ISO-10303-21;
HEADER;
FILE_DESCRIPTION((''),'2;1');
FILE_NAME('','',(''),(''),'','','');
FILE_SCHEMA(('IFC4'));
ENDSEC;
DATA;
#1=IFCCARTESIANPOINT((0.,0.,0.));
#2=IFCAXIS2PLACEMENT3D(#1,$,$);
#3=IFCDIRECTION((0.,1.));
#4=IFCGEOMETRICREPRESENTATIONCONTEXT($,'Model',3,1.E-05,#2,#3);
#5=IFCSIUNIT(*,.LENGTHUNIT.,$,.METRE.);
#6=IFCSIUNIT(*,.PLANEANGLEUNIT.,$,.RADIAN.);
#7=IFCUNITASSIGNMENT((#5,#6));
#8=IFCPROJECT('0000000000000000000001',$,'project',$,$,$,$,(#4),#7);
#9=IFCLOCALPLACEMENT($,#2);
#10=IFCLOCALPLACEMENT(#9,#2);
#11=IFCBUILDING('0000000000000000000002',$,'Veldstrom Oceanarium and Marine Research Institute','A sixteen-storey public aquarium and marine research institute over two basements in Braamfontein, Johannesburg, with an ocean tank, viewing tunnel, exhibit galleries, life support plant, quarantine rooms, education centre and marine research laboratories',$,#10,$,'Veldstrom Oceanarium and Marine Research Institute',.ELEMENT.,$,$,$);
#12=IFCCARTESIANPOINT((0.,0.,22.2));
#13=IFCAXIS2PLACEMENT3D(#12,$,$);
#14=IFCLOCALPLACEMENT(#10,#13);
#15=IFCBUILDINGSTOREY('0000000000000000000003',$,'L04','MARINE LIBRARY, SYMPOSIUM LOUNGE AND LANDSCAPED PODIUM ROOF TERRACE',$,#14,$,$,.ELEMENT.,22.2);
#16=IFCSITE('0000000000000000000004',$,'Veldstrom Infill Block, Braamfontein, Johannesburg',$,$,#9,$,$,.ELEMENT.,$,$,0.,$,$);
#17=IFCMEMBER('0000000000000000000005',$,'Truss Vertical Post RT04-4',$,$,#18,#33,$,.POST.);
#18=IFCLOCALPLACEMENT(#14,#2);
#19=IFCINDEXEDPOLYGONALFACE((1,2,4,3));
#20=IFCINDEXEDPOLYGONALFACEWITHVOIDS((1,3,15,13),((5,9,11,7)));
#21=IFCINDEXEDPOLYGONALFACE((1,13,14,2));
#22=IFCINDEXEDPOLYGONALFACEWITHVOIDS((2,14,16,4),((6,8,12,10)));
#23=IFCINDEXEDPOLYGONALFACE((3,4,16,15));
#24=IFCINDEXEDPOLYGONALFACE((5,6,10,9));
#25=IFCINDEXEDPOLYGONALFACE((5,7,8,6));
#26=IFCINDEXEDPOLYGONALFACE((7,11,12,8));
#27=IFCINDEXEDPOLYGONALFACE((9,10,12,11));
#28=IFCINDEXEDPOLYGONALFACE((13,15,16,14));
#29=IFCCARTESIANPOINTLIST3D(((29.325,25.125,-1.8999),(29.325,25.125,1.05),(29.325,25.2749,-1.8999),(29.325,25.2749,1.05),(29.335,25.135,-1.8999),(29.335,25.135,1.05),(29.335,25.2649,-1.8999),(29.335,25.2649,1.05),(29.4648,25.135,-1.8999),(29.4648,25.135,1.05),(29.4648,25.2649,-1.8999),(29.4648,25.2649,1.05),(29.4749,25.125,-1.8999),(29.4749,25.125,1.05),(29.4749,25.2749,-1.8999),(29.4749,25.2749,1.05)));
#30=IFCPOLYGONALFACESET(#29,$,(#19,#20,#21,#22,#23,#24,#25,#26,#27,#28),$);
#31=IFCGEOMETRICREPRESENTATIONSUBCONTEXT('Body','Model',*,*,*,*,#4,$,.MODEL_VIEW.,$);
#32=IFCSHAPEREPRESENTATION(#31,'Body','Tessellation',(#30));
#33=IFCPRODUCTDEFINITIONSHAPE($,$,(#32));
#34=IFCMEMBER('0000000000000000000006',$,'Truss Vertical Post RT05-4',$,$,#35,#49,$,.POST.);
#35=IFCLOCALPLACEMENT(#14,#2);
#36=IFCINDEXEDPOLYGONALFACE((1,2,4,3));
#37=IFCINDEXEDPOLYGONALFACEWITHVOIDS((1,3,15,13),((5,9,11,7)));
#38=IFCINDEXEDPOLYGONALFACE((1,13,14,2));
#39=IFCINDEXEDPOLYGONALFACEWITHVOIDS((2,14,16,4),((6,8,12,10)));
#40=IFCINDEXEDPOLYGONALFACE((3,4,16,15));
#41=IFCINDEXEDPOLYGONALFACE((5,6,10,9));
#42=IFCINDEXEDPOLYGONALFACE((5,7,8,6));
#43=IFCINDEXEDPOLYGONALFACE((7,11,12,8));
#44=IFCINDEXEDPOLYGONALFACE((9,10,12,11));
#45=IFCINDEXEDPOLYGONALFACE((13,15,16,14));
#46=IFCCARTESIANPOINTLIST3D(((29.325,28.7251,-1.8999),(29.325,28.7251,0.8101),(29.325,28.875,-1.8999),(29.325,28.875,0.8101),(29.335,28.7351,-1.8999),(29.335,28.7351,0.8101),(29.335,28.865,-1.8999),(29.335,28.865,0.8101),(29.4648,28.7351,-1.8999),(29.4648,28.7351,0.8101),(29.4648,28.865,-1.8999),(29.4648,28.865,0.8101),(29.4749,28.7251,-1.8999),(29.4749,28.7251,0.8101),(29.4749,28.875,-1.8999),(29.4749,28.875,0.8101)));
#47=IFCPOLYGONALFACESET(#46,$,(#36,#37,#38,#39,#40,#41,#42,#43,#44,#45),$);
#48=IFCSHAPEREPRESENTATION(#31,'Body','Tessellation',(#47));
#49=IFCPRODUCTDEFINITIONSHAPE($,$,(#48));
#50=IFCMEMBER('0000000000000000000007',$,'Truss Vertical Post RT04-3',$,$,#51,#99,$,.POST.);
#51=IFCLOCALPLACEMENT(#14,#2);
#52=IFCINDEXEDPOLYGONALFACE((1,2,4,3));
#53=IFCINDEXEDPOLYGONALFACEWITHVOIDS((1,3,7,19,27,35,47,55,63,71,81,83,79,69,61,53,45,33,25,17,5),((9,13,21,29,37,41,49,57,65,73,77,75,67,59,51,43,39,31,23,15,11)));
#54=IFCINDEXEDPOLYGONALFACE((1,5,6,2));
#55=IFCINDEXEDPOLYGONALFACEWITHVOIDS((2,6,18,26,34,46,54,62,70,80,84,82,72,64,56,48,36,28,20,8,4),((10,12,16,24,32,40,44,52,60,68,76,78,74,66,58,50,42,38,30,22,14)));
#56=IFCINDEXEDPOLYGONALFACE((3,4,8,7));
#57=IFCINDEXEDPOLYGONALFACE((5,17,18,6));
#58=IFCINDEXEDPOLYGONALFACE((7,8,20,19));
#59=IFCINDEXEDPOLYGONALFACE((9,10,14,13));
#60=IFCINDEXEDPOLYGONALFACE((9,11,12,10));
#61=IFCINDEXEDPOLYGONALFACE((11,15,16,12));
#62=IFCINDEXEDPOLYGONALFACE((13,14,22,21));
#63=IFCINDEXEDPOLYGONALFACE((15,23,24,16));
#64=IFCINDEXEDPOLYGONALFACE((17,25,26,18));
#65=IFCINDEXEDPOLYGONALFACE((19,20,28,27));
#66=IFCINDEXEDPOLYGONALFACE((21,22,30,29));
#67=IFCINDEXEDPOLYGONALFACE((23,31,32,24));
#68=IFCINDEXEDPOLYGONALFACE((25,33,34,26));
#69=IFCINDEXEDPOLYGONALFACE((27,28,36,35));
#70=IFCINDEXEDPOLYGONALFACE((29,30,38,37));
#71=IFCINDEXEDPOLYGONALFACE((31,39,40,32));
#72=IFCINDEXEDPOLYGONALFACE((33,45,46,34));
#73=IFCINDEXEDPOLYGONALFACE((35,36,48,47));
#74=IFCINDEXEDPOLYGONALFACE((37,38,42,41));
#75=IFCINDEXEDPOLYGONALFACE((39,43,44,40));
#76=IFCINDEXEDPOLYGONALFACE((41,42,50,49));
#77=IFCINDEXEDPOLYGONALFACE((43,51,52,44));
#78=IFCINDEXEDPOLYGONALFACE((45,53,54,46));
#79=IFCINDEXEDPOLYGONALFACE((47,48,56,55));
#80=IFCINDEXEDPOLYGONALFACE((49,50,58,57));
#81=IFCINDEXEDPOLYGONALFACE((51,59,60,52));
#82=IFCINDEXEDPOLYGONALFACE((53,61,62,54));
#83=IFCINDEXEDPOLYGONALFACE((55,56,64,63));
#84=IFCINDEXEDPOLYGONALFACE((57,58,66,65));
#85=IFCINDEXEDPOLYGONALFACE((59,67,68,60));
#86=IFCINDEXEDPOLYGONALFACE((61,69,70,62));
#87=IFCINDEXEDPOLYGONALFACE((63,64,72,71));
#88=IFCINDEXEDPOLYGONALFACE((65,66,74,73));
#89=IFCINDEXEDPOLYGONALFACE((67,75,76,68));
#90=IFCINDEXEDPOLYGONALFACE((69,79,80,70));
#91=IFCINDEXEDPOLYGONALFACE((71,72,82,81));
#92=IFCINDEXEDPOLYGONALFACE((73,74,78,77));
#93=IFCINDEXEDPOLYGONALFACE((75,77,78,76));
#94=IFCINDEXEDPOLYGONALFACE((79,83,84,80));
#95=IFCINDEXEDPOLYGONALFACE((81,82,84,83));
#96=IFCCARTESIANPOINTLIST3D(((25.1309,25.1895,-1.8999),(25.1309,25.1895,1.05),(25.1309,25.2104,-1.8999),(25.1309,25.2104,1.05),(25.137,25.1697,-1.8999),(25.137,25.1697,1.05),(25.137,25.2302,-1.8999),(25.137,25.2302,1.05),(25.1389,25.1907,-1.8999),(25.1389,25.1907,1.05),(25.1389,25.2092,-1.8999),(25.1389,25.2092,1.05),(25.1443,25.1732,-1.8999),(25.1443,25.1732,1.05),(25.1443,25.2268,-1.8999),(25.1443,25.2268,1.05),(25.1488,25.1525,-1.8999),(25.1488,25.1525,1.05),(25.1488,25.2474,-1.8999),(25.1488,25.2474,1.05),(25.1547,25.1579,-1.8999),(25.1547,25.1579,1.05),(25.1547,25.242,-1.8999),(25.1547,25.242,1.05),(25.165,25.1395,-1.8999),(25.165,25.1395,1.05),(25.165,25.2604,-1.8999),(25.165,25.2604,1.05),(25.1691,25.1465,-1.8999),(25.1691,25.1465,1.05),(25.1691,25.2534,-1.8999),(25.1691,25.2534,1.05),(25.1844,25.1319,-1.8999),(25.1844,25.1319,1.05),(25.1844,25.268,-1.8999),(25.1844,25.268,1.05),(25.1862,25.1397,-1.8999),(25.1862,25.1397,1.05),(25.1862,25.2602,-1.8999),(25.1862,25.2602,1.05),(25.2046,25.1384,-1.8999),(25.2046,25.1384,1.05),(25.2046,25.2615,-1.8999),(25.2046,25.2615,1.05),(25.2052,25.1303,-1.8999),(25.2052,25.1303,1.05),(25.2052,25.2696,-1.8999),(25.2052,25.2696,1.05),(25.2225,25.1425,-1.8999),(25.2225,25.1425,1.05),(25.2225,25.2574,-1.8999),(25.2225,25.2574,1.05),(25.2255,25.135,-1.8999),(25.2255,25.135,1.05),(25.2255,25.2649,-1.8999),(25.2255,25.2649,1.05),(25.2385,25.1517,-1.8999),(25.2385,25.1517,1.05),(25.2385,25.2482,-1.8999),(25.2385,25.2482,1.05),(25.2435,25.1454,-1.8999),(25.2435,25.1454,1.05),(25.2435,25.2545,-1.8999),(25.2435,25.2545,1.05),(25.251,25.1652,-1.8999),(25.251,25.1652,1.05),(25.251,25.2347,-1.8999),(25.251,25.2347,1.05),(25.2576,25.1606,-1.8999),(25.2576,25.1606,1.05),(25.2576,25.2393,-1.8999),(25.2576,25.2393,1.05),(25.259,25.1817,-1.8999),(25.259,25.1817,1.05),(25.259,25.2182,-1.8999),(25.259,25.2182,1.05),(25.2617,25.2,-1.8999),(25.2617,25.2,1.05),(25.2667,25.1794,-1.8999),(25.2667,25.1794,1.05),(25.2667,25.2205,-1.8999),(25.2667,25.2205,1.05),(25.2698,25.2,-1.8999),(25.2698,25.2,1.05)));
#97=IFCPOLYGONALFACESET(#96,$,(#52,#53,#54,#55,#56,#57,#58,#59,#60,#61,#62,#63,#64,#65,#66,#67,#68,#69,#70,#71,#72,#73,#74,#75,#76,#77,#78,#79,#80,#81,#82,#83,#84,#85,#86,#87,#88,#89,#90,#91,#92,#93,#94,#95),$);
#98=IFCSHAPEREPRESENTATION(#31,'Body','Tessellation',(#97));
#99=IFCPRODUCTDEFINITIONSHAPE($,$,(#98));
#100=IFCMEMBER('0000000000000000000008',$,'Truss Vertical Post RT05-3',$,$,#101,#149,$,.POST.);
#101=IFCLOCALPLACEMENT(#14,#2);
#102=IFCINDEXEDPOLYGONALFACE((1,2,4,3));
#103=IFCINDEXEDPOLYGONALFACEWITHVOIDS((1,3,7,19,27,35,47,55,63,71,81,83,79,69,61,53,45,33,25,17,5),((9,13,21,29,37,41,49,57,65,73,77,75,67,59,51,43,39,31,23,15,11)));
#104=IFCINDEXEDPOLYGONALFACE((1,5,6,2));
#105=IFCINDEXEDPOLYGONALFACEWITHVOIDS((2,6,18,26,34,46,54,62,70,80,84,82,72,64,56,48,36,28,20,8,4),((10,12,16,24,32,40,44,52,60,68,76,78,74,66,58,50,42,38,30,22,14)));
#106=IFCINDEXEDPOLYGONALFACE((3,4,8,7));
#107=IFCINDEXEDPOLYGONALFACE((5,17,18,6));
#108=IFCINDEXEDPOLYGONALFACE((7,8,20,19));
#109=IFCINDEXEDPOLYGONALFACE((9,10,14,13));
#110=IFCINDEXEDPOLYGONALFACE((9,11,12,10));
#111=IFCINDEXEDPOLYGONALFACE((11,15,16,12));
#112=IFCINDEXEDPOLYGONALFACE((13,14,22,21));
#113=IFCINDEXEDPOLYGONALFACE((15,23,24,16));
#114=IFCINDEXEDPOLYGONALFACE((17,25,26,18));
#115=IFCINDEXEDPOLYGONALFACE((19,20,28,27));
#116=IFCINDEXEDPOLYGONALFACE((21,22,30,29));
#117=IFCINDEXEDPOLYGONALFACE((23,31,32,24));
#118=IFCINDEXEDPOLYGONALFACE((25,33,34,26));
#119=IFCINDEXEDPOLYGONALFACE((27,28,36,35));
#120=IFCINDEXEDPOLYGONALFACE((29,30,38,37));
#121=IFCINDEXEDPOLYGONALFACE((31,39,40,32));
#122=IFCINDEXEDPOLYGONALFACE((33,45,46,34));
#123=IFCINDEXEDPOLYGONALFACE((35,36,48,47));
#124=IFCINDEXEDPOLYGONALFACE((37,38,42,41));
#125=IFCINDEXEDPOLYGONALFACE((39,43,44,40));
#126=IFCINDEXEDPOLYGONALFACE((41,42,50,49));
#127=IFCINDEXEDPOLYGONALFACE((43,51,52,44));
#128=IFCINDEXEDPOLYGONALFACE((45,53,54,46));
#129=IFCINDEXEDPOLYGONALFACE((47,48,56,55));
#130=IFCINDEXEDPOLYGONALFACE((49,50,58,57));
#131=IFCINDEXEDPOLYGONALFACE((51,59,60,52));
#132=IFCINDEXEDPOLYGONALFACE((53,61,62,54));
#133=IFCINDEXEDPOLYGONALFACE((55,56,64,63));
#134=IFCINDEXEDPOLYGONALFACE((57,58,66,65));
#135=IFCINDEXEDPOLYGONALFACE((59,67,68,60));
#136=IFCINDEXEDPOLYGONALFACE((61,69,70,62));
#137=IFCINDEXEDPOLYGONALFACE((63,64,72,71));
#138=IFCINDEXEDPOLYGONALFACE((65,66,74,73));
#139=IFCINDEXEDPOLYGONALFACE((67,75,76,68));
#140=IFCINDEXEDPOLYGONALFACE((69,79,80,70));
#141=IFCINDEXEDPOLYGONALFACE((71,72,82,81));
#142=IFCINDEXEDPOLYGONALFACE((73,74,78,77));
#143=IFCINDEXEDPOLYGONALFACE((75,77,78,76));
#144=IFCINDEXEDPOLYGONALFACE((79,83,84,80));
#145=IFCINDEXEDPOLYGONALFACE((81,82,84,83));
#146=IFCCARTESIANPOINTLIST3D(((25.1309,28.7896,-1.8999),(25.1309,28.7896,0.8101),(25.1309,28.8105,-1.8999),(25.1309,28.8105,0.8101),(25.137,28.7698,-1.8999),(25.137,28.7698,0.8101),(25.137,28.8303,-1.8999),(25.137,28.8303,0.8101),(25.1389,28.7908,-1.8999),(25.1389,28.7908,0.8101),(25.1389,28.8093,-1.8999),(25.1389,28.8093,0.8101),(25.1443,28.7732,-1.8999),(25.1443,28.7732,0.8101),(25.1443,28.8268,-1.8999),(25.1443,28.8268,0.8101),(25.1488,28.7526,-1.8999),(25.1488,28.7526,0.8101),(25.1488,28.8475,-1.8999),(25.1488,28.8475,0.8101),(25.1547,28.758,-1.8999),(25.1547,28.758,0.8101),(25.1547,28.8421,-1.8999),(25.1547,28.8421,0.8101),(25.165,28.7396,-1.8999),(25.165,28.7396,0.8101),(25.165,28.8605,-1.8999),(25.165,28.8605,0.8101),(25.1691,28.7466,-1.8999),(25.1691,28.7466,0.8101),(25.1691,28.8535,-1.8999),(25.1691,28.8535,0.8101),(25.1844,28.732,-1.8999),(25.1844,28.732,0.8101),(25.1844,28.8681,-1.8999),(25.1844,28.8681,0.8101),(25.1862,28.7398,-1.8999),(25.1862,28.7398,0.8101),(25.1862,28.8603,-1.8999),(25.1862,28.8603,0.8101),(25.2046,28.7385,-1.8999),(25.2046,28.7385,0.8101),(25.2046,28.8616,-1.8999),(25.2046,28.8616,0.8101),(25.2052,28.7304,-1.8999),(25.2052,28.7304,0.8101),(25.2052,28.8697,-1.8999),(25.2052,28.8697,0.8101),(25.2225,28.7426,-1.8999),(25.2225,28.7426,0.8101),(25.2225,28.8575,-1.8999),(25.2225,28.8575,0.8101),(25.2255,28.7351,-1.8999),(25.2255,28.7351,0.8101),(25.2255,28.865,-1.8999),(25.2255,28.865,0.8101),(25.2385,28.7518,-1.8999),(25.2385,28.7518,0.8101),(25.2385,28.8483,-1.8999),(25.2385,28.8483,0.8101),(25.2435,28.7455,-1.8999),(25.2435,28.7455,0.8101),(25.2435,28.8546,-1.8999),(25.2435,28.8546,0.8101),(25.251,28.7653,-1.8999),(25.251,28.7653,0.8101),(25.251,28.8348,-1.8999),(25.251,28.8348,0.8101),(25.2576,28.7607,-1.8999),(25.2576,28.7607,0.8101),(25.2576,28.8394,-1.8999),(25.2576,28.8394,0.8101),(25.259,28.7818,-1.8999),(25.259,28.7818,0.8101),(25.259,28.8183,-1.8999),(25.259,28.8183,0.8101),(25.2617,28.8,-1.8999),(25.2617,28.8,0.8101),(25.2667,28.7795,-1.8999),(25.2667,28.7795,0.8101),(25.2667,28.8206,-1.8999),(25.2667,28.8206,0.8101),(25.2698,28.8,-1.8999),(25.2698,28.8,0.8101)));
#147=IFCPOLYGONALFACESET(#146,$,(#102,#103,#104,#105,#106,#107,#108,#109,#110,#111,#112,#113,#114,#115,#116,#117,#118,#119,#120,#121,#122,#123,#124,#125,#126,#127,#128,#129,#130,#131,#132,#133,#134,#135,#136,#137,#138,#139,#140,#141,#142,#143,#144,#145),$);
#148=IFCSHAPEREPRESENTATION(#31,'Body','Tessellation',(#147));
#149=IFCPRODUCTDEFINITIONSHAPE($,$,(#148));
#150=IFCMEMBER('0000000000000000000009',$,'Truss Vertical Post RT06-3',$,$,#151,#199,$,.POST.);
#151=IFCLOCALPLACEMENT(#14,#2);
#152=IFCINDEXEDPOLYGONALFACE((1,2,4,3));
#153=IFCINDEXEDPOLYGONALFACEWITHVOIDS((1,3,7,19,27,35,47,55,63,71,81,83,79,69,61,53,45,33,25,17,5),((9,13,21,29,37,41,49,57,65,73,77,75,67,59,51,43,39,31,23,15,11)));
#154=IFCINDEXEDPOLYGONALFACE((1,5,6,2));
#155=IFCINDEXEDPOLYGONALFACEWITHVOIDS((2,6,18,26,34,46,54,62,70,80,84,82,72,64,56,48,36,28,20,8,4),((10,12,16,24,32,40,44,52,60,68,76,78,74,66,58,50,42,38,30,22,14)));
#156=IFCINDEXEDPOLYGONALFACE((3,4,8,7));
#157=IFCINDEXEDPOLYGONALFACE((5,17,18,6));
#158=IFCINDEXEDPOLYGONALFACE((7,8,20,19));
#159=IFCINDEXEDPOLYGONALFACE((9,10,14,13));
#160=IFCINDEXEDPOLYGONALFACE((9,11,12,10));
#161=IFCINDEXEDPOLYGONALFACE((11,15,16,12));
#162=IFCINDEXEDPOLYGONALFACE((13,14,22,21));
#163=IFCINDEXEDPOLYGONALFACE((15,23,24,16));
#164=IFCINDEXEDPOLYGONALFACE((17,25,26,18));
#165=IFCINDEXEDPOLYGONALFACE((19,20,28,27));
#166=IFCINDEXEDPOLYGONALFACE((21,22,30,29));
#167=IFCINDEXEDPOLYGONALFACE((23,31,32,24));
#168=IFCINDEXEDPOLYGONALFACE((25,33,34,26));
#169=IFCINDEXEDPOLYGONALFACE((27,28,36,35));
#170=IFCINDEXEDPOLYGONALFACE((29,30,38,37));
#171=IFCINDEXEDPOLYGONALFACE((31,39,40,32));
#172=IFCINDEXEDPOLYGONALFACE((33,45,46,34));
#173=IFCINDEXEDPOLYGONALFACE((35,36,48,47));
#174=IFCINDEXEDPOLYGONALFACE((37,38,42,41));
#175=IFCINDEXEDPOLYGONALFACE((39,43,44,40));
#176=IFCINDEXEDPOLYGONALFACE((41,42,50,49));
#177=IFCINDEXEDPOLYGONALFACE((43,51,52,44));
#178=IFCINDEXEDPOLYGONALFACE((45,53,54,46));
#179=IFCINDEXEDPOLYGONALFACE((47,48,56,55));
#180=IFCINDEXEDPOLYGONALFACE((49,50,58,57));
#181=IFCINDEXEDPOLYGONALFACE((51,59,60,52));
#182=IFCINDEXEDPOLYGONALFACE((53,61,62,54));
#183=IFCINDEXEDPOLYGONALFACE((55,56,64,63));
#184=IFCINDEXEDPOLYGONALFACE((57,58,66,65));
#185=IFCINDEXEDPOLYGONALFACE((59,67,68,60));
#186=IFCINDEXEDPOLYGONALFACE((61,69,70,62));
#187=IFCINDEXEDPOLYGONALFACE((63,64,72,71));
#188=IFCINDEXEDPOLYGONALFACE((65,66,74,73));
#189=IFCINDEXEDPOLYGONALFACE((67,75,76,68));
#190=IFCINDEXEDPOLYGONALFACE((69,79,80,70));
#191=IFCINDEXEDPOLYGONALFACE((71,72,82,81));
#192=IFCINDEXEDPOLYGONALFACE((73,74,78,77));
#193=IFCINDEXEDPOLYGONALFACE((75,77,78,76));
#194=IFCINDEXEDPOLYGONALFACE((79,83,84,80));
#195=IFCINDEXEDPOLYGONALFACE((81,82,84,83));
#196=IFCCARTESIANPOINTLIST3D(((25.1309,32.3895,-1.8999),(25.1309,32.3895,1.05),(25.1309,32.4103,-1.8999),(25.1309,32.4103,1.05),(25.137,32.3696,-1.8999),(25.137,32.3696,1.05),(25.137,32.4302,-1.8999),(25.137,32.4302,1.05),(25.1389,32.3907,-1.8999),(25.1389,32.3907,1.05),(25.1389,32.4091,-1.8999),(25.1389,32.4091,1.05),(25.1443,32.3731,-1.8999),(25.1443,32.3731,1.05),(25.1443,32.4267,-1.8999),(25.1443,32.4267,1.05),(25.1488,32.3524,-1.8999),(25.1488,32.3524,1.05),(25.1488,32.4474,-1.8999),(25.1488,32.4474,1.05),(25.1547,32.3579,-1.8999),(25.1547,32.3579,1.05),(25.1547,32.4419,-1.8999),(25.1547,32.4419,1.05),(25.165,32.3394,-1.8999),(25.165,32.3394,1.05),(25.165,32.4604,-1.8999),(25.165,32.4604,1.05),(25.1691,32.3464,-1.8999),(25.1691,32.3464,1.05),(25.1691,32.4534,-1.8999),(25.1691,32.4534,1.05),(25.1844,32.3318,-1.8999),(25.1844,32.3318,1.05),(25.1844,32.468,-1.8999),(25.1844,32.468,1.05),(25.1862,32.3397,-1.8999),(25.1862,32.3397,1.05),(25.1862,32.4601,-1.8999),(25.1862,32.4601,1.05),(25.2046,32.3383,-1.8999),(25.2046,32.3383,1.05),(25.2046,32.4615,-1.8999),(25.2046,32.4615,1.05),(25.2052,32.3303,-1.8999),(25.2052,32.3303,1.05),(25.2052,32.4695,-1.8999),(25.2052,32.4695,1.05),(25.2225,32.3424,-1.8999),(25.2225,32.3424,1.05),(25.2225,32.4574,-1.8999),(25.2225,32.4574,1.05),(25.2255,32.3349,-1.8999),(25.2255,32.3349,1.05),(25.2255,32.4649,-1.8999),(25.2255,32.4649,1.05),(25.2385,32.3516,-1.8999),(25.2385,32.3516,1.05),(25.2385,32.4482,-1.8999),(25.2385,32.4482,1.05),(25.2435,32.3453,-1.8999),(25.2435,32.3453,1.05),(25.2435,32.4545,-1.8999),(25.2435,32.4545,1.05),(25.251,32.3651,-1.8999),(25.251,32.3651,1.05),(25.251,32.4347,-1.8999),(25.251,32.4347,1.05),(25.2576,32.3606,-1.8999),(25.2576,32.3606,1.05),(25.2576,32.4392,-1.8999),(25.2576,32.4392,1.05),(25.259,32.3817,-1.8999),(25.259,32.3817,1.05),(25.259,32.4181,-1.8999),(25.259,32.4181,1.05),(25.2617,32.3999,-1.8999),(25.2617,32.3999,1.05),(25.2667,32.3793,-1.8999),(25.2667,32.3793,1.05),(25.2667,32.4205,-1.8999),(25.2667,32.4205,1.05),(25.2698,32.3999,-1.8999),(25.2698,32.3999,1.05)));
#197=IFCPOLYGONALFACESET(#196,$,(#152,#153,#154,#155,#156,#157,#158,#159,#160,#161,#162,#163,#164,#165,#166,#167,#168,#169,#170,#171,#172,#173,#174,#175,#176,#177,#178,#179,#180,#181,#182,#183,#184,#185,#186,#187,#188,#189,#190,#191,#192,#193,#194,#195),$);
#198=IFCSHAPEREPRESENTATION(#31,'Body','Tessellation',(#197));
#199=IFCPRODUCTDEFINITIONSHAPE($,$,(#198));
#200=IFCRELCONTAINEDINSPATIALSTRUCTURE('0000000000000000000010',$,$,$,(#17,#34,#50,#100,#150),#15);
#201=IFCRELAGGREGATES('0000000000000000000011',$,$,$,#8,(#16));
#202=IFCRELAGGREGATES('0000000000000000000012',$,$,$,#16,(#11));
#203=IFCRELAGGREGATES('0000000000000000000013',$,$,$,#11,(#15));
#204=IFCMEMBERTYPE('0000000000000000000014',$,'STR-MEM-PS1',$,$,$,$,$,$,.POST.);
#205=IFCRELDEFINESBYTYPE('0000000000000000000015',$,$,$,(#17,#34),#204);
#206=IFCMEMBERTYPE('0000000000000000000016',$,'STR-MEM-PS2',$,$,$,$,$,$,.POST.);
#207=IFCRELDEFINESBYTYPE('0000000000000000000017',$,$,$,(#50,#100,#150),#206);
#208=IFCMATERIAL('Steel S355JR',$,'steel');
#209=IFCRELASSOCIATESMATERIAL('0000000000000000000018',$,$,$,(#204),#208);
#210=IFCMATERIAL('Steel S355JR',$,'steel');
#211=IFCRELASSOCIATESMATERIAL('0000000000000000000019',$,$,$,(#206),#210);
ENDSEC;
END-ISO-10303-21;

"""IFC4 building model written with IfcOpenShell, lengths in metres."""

from ifc_helpers import new_model, si_unit, direction, frame, origin, origin_2d, place, context, subcontext, project, spatial, hollow_rectangle, hollow_circle, extrude, material, material_profile, profile_set, type_object, element, save


model = new_model("IFC4")

# Units and contexts
model_context = context("Model", 3, precision=1e-05, world=origin(), true_north=direction((0.0, 1.0)))
body_context = subcontext(model_context, "Body", "Model", "MODEL_VIEW")
ifc_project = project(units=[si_unit("LENGTHUNIT", "METRE"), si_unit("PLANEANGLEUNIT", "RADIAN")], contexts=[model_context])

# Site, building, storey
site_placement = place(None, origin())
site = spatial("IfcSite", under=ifc_project, at=site_placement, Name="Veldstrom Infill Block, Braamfontein, Johannesburg", CompositionType="ELEMENT", RefElevation=0.0)
building_placement = place(site_placement, origin())
building = spatial("IfcBuilding", under=site, at=building_placement, Name="Veldstrom Oceanarium and Marine Research Institute", Description="A sixteen-storey public aquarium and marine research institute over two basements in Braamfontein, Johannesburg, with an ocean tank, viewing tunnel, exhibit galleries, life support plant, quarantine rooms, education centre and marine research laboratories", LongName="Veldstrom Oceanarium and Marine Research Institute", CompositionType="ELEMENT")
storey_placement = place(building_placement, frame((0.0, 0.0, 22.2)))
storey = spatial("IfcBuildingStorey", under=building, at=storey_placement, Name="L04", Description="MARINE LIBRARY, SYMPOSIUM LOUNGE AND LANDSCAPED PODIUM ROOF TERRACE", CompositionType="ELEMENT", Elevation=22.2)

# Members
ifc_material_1 = material(Name="Steel S355JR", Category="steel")
ifc_material_profile_1 = material_profile(ifc_material_1, hollow_rectangle(XDim=0.1499, YDim=0.1499, WallThickness=0.01, at=origin_2d()), Name="SHS 150x150x10")
ifc_profile_set_1 = profile_set([ifc_material_profile_1], Name="Steel S355JR")
member_type_1 = type_object("IfcMemberType", Name="STR-MEM-PS1", PredefinedType="POST", material=ifc_profile_set_1)
member_1_placement = place(storey_placement, frame((29.3999, 25.2, -1.8999), z_axis=(0.0, 0.0, 1.0), x_axis=(1.0, 0.0, 0.0)))
element("IfcMember", 1, at=member_1_placement, inside=storey, type_object=member_type_1, Name="Truss Vertical Post RT04-4", PredefinedType="POST", context=body_context, shape_type="SweptSolid", body=[
    extrude(hollow_rectangle(XDim=0.1499, YDim=0.1499, WallThickness=0.01, at=origin_2d()), origin(), (0.0, 0.0, 1.0), 2.95),
])
member_2_placement = place(storey_placement, frame((29.3999, 28.8, -1.8999), z_axis=(0.0, 0.0, 1.0), x_axis=(1.0, 0.0, 0.0)))
element("IfcMember", 2, at=member_2_placement, inside=storey, type_object=member_type_1, Name="Truss Vertical Post RT05-4", PredefinedType="POST", context=body_context, shape_type="SweptSolid", body=[
    extrude(hollow_rectangle(XDim=0.1499, YDim=0.1499, WallThickness=0.01, at=origin_2d()), origin(), (0.0, 0.0, 1.0), 2.71),
])
ifc_material_2 = material(Name="Steel S355JR", Category="steel")
ifc_material_profile_2 = material_profile(ifc_material_2, hollow_circle(Radius=0.0698, WallThickness=0.0081, at=origin_2d()), Name="CHS 139.7x8")
ifc_profile_set_2 = profile_set([ifc_material_profile_2], Name="Steel S355JR")
member_type_2 = type_object("IfcMemberType", Name="STR-MEM-PS2", PredefinedType="POST", material=ifc_profile_set_2)
member_3_placement = place(storey_placement, frame((25.2, 25.2, -1.8999), z_axis=(0.0, 0.0, 1.0), x_axis=(1.0, 0.0, 0.0)))
element("IfcMember", 3, at=member_3_placement, inside=storey, type_object=member_type_2, Name="Truss Vertical Post RT04-3", PredefinedType="POST", context=body_context, shape_type="SweptSolid", body=[
    extrude(hollow_circle(Radius=0.0698, WallThickness=0.0081, at=origin_2d()), origin(), (0.0, 0.0, 1.0), 2.95),
])
member_4_placement = place(storey_placement, frame((25.2, 28.8, -1.8999), z_axis=(0.0, 0.0, 1.0), x_axis=(1.0, 0.0, 0.0)))
element("IfcMember", 4, at=member_4_placement, inside=storey, type_object=member_type_2, Name="Truss Vertical Post RT05-3", PredefinedType="POST", context=body_context, shape_type="SweptSolid", body=[
    extrude(hollow_circle(Radius=0.0698, WallThickness=0.0081, at=origin_2d()), origin(), (0.0, 0.0, 1.0), 2.71),
])
member_5_placement = place(storey_placement, frame((25.2, 32.3999, -1.8999), z_axis=(0.0, 0.0, 1.0), x_axis=(1.0, 0.0, 0.0)))
element("IfcMember", 5, at=member_5_placement, inside=storey, type_object=member_type_2, Name="Truss Vertical Post RT06-3", PredefinedType="POST", context=body_context, shape_type="SweptSolid", body=[
    extrude(hollow_circle(Radius=0.0698, WallThickness=0.0081, at=origin_2d()), origin(), (0.0, 0.0, 1.0), 2.95),
])

save(model, "model.ifc")
